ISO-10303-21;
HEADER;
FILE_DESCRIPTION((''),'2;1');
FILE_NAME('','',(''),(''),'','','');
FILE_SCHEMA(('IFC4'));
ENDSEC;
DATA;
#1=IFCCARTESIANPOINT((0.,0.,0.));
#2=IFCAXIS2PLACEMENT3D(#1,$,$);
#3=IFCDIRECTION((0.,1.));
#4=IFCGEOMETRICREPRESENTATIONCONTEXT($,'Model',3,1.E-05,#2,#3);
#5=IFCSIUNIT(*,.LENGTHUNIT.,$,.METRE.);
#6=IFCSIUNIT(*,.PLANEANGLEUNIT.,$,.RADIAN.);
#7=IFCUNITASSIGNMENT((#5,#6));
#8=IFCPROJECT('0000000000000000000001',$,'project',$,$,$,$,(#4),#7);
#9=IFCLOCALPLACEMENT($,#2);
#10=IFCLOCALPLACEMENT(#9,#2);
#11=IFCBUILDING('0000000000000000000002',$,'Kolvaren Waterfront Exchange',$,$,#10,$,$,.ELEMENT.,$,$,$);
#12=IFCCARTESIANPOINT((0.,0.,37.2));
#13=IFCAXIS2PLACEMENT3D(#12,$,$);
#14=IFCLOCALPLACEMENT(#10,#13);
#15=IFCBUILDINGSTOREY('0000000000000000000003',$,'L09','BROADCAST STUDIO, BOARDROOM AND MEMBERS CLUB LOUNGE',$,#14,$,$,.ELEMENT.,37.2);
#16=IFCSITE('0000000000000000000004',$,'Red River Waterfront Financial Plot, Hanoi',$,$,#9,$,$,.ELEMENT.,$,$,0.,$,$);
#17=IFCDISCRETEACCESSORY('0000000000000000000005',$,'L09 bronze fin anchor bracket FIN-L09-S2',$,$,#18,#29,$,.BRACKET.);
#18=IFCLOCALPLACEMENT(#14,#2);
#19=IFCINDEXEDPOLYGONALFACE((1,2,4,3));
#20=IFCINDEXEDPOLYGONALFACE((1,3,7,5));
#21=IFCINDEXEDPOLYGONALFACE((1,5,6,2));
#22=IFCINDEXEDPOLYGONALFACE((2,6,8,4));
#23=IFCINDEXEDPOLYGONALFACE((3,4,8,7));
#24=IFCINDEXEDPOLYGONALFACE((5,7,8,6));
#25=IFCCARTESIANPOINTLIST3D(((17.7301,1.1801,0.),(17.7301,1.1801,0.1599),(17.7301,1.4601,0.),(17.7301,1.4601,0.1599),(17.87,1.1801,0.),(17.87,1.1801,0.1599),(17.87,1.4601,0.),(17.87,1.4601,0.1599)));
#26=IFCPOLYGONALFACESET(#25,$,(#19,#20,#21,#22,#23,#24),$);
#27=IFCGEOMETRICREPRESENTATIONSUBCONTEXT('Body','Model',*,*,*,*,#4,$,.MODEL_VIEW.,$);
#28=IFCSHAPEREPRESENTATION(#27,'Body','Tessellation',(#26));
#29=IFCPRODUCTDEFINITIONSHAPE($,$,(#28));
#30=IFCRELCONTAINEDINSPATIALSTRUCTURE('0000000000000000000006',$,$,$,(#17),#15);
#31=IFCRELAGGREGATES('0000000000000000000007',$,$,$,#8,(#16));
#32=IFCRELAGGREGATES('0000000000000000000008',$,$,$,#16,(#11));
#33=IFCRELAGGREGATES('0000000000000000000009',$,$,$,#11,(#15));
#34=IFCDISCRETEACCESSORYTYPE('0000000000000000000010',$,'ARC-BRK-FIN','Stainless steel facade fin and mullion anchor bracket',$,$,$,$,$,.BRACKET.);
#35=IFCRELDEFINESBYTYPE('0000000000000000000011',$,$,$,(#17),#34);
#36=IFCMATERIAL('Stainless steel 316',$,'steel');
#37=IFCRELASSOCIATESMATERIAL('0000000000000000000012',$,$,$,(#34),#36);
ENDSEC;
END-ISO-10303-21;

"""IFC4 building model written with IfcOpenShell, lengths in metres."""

from ifc_helpers import new_model, si_unit, direction, frame, origin, origin_with_axes, origin_2d, place, context, subcontext, project, spatial, rectangle, extrude, source, transform, mapped, material, type_object, element, save


model = new_model("IFC4")

# Units and contexts
model_context = context("Model", 3, precision=1e-05, world=origin(), true_north=direction((0.0, 1.0)))
body_context = subcontext(model_context, "Body", "Model", "MODEL_VIEW")
ifc_project = project(units=[si_unit("LENGTHUNIT", "METRE"), si_unit("PLANEANGLEUNIT", "RADIAN")], contexts=[model_context])

# Site, building, storey
site_placement = place(None, origin())
site = spatial("IfcSite", under=ifc_project, at=site_placement, Name="Red River Waterfront Financial Plot, Hanoi", CompositionType="ELEMENT", RefElevation=0.0)
building_placement = place(site_placement, origin())
building = spatial("IfcBuilding", under=site, at=building_placement, Name="Kolvaren Waterfront Exchange", CompositionType="ELEMENT")
storey_placement = place(building_placement, frame((0.0, 0.0, 37.2)))
storey = spatial("IfcBuildingStorey", under=building, at=storey_placement, Name="L09", Description="BROADCAST STUDIO, BOARDROOM AND MEMBERS CLUB LOUNGE", CompositionType="ELEMENT", Elevation=37.2)

# Shared definitions
ifc_material_1 = material(Name="Stainless steel 316", Category="steel")

# Discrete accessory
discrete_accessory_type = type_object("IfcDiscreteAccessoryType", Name="ARC-BRK-FIN", Description="Stainless steel facade fin and mullion anchor bracket", PredefinedType="BRACKET", material=ifc_material_1)
shared_shape_1 = source(origin_with_axes(), body_context, "Body", "SweptSolid", [
    extrude(rectangle(XDim=0.28, YDim=0.1399, at=origin_2d()), origin(), (0.0, 0.0, 1.0), 0.1599),
])
for number, where, z_axis, x_axis, name in (
    (1, (17.8, 1.3201, 0.0), (0.0, 0.0, 1.0), (0.0, -1.0, 0.0), "L09 bronze fin anchor bracket FIN-L09-S2"),
):
    element("IfcDiscreteAccessory", number, at=place(storey_placement, frame(where, z_axis=z_axis, x_axis=x_axis)), inside=storey, type_object=discrete_accessory_type, Name=name, PredefinedType="BRACKET", context=body_context, shape_type="MappedRepresentation", body=[
        mapped(shared_shape_1, transform((0.0, 0.0, 0.0), x_axis=(1.0, 0.0, 0.0), y_axis=(0.0, 1.0, 0.0), z_axis=(0.0, 0.0, 1.0), scale=1.0)),
    ])

save(model, "model.ifc")
